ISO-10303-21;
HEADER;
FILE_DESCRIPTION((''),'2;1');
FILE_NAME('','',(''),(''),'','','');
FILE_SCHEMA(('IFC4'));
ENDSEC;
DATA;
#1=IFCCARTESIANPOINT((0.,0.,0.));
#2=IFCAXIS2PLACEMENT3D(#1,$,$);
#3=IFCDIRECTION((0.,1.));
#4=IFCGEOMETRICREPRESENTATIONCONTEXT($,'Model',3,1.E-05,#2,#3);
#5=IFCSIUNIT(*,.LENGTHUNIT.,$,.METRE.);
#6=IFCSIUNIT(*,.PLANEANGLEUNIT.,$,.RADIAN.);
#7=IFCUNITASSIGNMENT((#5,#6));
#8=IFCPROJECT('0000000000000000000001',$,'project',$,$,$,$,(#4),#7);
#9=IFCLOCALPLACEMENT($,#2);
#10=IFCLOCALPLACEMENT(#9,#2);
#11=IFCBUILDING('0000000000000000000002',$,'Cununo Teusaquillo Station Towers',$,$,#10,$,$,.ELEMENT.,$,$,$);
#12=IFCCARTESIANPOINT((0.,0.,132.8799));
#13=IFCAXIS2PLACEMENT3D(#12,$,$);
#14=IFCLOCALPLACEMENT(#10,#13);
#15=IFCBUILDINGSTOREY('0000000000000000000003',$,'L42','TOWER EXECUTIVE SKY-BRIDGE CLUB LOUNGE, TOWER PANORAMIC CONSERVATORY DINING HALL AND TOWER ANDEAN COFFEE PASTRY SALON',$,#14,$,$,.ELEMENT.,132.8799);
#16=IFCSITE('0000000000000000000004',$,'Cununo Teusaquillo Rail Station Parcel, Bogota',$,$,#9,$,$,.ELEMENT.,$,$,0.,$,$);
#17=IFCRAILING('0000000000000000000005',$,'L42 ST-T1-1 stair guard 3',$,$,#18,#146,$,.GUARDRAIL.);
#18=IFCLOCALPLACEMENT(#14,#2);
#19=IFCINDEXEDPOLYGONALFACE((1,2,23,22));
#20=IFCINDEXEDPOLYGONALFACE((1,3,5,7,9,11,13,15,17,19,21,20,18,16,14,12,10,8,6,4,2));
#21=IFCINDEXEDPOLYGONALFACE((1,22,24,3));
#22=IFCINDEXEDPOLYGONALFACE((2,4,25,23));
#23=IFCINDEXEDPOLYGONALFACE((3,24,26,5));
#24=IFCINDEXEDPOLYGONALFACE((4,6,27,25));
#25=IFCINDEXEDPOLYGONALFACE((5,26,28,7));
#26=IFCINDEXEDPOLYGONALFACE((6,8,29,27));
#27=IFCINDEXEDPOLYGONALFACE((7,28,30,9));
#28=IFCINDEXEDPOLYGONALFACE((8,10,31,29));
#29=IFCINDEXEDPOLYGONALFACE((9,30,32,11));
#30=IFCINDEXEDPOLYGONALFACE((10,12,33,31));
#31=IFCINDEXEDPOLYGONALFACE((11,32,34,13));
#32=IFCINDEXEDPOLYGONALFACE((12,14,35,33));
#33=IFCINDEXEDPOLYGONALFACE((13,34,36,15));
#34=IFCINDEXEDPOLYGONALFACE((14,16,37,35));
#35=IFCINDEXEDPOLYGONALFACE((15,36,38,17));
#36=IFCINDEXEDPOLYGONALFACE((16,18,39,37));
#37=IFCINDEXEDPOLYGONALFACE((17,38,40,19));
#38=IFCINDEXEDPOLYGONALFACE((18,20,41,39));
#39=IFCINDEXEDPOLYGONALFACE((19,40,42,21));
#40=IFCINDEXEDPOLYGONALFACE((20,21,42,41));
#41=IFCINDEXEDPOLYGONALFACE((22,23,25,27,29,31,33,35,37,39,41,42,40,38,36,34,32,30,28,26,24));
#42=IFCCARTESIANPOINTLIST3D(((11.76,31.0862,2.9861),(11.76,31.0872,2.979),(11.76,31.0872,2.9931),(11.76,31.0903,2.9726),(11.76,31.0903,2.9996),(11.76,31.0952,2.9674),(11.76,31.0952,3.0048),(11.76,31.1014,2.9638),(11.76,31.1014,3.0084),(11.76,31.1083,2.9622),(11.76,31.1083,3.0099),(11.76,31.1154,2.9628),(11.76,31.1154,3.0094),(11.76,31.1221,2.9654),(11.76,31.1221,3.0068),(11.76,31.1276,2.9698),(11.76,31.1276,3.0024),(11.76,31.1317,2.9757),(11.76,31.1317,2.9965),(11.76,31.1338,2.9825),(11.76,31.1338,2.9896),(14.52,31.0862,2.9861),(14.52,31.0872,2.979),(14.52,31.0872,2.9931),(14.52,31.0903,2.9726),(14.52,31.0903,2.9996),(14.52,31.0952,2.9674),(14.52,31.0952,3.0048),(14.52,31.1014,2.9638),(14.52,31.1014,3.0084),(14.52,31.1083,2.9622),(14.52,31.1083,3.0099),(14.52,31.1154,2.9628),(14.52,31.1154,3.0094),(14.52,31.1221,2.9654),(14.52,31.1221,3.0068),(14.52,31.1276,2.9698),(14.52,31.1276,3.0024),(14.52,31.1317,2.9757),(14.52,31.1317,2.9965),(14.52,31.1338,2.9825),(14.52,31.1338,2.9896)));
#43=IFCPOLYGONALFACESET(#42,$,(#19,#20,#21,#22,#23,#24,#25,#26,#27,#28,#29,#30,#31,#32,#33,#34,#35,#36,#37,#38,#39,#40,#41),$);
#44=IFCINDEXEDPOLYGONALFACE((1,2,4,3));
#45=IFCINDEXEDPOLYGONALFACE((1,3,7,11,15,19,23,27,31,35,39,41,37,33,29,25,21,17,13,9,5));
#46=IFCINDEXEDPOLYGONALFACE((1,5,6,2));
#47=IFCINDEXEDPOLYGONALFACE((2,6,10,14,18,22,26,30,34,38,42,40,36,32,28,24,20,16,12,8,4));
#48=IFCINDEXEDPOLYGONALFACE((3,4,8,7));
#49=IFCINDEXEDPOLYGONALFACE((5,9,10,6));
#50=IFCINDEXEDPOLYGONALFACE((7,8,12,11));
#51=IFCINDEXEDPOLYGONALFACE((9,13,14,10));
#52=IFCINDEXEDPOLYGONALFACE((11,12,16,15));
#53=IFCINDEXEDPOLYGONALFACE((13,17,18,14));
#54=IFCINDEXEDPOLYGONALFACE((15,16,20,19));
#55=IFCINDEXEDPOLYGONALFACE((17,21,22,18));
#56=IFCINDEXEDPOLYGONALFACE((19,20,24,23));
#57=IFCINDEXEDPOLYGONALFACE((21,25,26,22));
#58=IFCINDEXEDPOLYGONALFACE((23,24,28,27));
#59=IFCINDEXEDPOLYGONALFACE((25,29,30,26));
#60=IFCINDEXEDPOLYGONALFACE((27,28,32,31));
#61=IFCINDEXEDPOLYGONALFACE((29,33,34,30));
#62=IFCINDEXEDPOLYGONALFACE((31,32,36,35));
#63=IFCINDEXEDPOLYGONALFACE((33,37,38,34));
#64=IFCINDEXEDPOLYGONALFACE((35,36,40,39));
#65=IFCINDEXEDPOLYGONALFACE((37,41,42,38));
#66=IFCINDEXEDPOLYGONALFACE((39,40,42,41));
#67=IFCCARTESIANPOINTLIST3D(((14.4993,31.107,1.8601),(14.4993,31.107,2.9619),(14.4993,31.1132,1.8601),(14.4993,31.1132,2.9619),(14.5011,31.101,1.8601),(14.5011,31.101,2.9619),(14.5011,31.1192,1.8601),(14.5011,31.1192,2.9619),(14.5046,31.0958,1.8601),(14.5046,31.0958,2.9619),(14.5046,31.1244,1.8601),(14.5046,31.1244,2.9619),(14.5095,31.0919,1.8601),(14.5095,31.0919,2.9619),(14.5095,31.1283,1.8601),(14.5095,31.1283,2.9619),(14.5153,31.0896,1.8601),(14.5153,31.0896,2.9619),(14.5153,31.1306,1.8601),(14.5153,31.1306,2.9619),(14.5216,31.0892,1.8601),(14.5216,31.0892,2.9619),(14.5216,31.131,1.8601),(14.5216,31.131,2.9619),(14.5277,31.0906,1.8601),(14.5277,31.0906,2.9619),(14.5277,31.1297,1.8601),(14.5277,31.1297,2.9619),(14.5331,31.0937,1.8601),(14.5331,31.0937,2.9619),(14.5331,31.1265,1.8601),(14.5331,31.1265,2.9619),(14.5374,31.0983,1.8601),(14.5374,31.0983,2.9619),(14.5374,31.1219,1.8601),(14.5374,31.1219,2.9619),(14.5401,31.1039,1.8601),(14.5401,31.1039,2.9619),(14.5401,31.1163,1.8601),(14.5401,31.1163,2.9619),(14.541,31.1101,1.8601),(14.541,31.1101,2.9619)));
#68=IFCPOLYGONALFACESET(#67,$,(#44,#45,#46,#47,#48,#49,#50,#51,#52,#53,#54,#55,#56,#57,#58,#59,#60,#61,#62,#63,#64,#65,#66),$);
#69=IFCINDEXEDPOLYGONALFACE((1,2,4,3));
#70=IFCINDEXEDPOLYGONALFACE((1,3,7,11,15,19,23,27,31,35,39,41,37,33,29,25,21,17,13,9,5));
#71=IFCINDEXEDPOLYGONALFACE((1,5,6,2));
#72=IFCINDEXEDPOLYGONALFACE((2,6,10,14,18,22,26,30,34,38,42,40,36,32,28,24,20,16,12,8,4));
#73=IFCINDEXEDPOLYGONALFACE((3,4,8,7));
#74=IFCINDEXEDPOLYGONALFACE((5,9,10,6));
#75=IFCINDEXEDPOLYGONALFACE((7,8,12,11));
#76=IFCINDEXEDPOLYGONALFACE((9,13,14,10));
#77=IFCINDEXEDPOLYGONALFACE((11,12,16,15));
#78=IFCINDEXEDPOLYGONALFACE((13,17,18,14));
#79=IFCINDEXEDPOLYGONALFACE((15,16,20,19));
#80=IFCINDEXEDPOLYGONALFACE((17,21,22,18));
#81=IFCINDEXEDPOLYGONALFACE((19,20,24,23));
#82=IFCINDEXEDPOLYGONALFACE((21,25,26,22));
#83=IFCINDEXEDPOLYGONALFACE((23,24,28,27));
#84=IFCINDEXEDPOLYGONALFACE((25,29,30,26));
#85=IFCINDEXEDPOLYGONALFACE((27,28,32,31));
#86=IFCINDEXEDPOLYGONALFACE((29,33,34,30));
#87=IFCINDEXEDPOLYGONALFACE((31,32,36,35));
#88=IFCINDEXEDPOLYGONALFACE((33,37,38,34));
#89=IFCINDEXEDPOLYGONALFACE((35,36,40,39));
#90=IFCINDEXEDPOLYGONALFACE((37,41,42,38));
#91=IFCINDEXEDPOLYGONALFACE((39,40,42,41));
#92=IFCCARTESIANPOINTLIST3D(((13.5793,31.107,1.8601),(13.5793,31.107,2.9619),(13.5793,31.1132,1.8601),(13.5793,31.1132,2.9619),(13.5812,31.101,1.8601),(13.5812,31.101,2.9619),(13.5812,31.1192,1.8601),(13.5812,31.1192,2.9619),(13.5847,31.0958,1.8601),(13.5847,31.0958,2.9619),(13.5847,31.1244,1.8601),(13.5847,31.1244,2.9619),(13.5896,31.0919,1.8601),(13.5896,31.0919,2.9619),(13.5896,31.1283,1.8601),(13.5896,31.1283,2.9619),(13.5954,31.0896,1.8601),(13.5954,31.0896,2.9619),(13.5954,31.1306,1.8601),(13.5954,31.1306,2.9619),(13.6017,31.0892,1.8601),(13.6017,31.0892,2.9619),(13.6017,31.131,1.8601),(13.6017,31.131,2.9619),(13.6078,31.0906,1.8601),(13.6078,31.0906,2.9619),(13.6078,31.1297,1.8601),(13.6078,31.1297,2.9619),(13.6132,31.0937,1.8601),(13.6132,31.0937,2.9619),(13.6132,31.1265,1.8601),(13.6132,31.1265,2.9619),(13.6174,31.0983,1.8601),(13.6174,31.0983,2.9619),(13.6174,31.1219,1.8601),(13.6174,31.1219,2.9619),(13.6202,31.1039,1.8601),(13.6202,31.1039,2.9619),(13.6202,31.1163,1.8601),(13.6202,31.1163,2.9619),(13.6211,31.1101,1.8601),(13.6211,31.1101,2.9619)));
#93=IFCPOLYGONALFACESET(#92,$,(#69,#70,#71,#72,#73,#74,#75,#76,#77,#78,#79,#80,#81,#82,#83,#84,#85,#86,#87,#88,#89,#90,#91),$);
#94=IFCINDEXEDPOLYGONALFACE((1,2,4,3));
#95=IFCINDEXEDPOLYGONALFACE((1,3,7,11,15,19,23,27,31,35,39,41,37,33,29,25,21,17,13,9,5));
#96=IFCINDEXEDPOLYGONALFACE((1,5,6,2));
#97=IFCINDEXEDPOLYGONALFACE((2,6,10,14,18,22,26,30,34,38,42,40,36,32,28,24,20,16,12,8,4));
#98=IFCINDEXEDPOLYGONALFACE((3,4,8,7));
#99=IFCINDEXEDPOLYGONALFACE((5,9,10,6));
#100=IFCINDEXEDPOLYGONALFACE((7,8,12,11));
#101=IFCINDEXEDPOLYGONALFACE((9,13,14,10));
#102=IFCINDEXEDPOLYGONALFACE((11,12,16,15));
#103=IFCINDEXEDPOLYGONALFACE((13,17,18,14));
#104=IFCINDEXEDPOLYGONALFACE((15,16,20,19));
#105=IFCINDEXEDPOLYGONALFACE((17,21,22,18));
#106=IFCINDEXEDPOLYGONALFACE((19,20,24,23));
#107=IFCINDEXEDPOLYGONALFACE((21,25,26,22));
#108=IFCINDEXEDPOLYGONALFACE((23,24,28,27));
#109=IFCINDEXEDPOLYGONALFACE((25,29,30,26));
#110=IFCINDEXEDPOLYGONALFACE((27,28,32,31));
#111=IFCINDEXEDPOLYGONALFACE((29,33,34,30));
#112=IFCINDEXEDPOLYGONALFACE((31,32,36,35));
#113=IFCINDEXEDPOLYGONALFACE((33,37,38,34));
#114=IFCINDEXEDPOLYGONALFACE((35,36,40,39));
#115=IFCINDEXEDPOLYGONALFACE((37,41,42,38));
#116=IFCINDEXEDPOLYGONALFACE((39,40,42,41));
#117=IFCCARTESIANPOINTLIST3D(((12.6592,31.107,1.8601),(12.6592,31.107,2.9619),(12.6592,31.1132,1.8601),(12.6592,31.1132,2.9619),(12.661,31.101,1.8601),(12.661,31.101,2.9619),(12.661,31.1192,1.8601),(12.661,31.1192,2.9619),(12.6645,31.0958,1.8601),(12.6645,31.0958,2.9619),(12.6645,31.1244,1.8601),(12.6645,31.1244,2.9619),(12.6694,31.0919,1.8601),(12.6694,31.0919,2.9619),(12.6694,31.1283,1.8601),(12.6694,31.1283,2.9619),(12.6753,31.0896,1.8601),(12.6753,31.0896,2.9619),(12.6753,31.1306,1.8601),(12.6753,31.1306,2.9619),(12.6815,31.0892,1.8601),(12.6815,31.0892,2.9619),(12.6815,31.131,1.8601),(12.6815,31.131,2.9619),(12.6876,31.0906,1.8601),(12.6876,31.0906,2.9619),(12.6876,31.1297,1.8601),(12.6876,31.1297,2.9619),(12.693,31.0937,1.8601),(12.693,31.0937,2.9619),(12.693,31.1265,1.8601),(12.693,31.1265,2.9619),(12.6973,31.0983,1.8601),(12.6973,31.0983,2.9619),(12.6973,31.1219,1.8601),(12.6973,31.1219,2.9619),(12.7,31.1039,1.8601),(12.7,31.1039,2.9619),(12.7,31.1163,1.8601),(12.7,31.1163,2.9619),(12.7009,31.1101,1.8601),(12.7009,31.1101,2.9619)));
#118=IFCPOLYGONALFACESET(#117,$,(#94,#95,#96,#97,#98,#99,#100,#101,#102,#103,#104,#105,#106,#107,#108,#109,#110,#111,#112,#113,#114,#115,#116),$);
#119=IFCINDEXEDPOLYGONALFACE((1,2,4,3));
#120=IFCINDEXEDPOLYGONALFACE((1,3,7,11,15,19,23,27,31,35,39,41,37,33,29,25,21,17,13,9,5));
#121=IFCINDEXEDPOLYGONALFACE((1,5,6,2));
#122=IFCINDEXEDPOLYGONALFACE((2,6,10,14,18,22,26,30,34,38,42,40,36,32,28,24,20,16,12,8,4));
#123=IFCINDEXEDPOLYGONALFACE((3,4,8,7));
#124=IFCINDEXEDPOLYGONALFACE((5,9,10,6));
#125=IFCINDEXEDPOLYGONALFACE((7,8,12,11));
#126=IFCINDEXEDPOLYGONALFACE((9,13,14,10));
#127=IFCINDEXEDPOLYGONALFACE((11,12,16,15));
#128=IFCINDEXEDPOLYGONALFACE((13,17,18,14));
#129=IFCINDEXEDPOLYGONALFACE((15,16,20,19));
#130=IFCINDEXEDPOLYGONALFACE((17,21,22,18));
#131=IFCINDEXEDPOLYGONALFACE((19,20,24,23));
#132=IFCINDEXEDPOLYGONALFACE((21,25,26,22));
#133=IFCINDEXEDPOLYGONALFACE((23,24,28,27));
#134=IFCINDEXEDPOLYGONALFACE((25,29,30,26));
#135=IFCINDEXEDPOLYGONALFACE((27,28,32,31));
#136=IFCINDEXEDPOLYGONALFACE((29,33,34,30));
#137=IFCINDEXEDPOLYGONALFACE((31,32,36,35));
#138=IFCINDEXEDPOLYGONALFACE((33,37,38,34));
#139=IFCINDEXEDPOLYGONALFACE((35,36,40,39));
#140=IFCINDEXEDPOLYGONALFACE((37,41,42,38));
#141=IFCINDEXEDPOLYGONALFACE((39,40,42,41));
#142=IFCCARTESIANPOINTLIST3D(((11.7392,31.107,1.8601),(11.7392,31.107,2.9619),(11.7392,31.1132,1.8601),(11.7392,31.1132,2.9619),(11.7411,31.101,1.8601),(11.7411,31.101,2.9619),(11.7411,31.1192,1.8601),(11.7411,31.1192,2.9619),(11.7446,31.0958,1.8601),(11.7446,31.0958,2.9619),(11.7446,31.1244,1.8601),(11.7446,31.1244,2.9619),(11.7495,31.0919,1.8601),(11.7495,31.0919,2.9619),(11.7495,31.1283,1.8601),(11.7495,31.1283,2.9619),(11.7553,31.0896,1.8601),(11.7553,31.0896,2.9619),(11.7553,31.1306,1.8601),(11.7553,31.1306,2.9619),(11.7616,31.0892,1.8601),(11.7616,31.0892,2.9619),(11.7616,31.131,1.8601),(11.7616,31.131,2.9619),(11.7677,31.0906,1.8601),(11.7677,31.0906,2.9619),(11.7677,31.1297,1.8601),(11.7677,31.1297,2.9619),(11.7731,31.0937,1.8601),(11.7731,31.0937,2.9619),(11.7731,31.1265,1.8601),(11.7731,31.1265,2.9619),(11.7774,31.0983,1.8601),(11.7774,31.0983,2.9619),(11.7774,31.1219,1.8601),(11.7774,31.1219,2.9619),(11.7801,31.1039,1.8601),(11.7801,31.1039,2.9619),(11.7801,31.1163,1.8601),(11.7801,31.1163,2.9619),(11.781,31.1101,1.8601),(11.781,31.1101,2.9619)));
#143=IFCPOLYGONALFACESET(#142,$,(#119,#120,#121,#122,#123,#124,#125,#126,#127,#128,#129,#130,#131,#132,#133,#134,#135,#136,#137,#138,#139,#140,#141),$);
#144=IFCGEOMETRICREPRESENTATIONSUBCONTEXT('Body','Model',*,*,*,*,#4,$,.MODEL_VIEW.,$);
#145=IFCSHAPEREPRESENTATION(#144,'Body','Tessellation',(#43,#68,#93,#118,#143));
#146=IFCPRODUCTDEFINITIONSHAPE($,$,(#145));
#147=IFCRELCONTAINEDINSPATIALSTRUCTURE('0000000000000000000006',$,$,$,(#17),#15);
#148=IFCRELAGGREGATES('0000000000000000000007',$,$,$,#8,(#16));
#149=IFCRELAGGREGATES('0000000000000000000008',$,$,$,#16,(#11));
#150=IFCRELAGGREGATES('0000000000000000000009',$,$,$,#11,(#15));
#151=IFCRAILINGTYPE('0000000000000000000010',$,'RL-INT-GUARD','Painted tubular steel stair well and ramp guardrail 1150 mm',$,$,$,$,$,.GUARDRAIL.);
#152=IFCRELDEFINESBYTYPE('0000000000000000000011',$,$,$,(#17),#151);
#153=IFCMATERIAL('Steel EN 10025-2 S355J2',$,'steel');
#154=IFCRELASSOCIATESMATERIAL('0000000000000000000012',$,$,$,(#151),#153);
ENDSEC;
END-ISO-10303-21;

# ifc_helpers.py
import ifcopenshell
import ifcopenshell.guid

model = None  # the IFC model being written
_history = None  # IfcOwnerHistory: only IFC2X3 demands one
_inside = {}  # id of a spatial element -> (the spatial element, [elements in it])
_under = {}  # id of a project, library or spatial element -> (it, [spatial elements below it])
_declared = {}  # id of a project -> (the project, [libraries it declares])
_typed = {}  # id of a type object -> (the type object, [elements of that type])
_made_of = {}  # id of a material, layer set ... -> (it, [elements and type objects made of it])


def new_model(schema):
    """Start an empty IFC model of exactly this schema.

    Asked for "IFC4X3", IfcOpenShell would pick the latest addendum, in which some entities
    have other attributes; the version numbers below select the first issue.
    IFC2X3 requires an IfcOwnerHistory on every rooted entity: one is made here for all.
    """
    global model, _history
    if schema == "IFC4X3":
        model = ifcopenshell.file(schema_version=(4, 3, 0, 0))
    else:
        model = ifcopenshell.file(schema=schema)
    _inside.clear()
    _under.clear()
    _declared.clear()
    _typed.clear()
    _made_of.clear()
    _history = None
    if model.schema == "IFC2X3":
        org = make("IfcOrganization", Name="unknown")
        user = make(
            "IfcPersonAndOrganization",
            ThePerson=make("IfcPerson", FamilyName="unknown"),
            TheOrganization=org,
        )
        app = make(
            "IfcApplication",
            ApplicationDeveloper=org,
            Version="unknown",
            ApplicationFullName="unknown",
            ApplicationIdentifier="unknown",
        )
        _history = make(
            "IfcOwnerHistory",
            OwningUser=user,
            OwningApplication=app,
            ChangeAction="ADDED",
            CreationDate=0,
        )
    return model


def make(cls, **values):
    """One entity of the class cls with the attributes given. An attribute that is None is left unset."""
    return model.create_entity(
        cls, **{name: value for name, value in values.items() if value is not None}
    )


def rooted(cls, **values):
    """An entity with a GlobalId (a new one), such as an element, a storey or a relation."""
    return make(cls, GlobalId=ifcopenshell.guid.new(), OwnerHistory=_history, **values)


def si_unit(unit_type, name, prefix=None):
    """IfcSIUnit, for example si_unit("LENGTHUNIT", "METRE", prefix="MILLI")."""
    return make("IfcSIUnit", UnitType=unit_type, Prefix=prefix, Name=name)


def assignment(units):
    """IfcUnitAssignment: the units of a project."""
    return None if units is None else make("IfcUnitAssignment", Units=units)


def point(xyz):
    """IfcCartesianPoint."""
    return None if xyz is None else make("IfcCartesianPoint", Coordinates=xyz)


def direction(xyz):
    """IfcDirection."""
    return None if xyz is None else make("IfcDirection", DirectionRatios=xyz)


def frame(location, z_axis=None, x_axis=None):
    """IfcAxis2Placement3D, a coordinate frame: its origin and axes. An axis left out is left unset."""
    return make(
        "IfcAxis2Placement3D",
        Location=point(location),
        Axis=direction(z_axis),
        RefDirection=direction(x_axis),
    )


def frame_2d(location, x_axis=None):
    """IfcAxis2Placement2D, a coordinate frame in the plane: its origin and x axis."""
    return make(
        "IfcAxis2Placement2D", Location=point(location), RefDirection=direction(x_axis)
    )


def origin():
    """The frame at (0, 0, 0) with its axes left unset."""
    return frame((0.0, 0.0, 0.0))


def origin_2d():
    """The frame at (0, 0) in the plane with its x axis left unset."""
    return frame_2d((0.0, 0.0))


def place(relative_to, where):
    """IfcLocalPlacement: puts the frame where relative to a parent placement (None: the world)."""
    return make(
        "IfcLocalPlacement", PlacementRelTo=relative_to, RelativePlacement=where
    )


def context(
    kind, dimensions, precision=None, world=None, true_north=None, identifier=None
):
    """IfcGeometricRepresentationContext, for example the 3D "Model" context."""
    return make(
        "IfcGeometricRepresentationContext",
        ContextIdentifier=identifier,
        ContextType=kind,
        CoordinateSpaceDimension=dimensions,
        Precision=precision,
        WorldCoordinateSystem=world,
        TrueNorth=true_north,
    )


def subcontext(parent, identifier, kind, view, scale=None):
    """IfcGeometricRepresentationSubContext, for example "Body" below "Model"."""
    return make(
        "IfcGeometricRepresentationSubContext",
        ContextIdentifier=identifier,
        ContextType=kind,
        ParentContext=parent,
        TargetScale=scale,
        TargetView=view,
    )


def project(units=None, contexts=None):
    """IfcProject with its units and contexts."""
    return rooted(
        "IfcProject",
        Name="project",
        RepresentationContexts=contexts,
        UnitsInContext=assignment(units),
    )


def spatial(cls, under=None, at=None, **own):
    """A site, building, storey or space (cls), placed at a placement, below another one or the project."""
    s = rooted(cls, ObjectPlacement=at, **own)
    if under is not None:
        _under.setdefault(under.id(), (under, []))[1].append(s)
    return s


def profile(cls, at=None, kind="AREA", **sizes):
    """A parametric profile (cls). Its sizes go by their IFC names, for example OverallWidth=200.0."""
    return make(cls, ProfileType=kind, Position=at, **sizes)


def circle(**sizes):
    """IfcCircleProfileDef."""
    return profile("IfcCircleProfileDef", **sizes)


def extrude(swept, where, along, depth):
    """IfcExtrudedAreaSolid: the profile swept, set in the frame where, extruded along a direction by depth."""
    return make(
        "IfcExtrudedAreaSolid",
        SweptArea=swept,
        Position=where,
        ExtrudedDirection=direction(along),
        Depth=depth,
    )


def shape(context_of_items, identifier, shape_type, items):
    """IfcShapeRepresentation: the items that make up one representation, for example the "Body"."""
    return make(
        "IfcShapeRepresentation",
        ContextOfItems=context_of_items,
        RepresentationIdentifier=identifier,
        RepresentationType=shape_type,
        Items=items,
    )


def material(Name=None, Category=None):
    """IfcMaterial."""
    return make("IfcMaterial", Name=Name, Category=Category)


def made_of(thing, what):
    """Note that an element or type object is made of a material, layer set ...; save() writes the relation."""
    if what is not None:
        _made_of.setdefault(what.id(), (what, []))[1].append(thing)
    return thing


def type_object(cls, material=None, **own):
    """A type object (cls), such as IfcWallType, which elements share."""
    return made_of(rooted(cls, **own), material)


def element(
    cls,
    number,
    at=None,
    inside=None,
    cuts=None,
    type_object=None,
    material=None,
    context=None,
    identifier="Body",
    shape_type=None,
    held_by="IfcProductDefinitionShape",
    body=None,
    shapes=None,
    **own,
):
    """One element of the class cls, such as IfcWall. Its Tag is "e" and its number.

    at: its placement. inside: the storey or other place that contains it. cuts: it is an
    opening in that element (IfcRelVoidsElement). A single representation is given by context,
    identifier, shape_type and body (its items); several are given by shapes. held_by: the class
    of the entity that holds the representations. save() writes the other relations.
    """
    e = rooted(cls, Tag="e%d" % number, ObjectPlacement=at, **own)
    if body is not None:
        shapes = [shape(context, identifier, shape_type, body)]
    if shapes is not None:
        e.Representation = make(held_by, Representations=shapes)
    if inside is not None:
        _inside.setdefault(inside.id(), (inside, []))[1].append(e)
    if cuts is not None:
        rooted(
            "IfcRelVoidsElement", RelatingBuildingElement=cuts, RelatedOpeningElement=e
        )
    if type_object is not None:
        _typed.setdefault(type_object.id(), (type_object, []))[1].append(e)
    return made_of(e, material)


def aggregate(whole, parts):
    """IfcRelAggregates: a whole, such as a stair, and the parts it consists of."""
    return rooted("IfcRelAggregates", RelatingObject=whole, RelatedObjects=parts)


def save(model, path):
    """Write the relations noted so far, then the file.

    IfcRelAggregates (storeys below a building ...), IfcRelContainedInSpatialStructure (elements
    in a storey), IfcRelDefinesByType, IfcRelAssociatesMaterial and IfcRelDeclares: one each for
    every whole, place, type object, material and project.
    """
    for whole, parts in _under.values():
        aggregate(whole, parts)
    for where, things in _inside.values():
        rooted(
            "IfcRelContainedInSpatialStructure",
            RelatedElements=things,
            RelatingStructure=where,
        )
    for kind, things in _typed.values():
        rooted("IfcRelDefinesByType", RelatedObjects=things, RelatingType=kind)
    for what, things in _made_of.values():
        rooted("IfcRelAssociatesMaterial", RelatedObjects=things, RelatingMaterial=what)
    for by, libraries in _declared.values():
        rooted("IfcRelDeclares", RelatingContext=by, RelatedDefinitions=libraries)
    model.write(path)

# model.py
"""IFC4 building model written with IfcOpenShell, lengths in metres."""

from ifc_helpers import new_model, si_unit, direction, frame, origin, origin_2d, place, context, subcontext, project, spatial, circle, extrude, material, type_object, element, save


model = new_model("IFC4")

# Units and contexts
model_context = context("Model", 3, precision=1e-05, world=origin(), true_north=direction((0.0, 1.0)))
body_context = subcontext(model_context, "Body", "Model", "MODEL_VIEW")
ifc_project = project(units=[si_unit("LENGTHUNIT", "METRE"), si_unit("PLANEANGLEUNIT", "RADIAN")], contexts=[model_context])

# Site, building, storey
site_placement = place(None, origin())
site = spatial("IfcSite", under=ifc_project, at=site_placement, Name="Cununo Teusaquillo Rail Station Parcel, Bogota", CompositionType="ELEMENT", RefElevation=0.0)
building_placement = place(site_placement, origin())
building = spatial("IfcBuilding", under=site, at=building_placement, Name="Cununo Teusaquillo Station Towers", CompositionType="ELEMENT")
storey_placement = place(building_placement, frame((0.0, 0.0, 132.8799)))
storey = spatial("IfcBuildingStorey", under=building, at=storey_placement, Name="L42", Description="TOWER EXECUTIVE SKY-BRIDGE CLUB LOUNGE, TOWER PANORAMIC CONSERVATORY DINING HALL AND TOWER ANDEAN COFFEE PASTRY SALON", CompositionType="ELEMENT", Elevation=132.8799)

# Railing
ifc_material_1 = material(Name="Steel EN 10025-2 S355J2", Category="steel")
railing_type_1 = type_object("IfcRailingType", Name="RL-INT-GUARD", Description="Painted tubular steel stair well and ramp guardrail 1150 mm", PredefinedType="GUARDRAIL", material=ifc_material_1)
railing_1_placement = place(storey_placement, frame((14.52, 31.1101, 1.8601)))
element("IfcRailing", 1, at=railing_1_placement, inside=storey, type_object=railing_type_1, Name="L42 ST-T1-1 stair guard 3", PredefinedType="GUARDRAIL", context=body_context, shape_type="SweptSolid", body=[
    extrude(circle(Radius=0.0239, at=origin_2d()), frame((0.0, 0.0, 1.126), z_axis=(-1.0, 0.0, 0.0), x_axis=(0.0, -1.0, 0.0)), (0.0, 0.0, 1.0), 2.76),
    extrude(circle(Radius=0.021, at=origin_2d()), origin(), (0.0, 0.0, 1.0), 1.1018),
    extrude(circle(Radius=0.021, at=origin_2d()), frame((-0.9199, 0.0, 0.0)), (0.0, 0.0, 1.0), 1.1018),
    extrude(circle(Radius=0.021, at=origin_2d()), frame((-1.8401, 0.0, 0.0)), (0.0, 0.0, 1.0), 1.1018),
    extrude(circle(Radius=0.021, at=origin_2d()), frame((-2.76, 0.0, 0.0)), (0.0, 0.0, 1.0), 1.1018),
])

save(model, "model.ifc")
